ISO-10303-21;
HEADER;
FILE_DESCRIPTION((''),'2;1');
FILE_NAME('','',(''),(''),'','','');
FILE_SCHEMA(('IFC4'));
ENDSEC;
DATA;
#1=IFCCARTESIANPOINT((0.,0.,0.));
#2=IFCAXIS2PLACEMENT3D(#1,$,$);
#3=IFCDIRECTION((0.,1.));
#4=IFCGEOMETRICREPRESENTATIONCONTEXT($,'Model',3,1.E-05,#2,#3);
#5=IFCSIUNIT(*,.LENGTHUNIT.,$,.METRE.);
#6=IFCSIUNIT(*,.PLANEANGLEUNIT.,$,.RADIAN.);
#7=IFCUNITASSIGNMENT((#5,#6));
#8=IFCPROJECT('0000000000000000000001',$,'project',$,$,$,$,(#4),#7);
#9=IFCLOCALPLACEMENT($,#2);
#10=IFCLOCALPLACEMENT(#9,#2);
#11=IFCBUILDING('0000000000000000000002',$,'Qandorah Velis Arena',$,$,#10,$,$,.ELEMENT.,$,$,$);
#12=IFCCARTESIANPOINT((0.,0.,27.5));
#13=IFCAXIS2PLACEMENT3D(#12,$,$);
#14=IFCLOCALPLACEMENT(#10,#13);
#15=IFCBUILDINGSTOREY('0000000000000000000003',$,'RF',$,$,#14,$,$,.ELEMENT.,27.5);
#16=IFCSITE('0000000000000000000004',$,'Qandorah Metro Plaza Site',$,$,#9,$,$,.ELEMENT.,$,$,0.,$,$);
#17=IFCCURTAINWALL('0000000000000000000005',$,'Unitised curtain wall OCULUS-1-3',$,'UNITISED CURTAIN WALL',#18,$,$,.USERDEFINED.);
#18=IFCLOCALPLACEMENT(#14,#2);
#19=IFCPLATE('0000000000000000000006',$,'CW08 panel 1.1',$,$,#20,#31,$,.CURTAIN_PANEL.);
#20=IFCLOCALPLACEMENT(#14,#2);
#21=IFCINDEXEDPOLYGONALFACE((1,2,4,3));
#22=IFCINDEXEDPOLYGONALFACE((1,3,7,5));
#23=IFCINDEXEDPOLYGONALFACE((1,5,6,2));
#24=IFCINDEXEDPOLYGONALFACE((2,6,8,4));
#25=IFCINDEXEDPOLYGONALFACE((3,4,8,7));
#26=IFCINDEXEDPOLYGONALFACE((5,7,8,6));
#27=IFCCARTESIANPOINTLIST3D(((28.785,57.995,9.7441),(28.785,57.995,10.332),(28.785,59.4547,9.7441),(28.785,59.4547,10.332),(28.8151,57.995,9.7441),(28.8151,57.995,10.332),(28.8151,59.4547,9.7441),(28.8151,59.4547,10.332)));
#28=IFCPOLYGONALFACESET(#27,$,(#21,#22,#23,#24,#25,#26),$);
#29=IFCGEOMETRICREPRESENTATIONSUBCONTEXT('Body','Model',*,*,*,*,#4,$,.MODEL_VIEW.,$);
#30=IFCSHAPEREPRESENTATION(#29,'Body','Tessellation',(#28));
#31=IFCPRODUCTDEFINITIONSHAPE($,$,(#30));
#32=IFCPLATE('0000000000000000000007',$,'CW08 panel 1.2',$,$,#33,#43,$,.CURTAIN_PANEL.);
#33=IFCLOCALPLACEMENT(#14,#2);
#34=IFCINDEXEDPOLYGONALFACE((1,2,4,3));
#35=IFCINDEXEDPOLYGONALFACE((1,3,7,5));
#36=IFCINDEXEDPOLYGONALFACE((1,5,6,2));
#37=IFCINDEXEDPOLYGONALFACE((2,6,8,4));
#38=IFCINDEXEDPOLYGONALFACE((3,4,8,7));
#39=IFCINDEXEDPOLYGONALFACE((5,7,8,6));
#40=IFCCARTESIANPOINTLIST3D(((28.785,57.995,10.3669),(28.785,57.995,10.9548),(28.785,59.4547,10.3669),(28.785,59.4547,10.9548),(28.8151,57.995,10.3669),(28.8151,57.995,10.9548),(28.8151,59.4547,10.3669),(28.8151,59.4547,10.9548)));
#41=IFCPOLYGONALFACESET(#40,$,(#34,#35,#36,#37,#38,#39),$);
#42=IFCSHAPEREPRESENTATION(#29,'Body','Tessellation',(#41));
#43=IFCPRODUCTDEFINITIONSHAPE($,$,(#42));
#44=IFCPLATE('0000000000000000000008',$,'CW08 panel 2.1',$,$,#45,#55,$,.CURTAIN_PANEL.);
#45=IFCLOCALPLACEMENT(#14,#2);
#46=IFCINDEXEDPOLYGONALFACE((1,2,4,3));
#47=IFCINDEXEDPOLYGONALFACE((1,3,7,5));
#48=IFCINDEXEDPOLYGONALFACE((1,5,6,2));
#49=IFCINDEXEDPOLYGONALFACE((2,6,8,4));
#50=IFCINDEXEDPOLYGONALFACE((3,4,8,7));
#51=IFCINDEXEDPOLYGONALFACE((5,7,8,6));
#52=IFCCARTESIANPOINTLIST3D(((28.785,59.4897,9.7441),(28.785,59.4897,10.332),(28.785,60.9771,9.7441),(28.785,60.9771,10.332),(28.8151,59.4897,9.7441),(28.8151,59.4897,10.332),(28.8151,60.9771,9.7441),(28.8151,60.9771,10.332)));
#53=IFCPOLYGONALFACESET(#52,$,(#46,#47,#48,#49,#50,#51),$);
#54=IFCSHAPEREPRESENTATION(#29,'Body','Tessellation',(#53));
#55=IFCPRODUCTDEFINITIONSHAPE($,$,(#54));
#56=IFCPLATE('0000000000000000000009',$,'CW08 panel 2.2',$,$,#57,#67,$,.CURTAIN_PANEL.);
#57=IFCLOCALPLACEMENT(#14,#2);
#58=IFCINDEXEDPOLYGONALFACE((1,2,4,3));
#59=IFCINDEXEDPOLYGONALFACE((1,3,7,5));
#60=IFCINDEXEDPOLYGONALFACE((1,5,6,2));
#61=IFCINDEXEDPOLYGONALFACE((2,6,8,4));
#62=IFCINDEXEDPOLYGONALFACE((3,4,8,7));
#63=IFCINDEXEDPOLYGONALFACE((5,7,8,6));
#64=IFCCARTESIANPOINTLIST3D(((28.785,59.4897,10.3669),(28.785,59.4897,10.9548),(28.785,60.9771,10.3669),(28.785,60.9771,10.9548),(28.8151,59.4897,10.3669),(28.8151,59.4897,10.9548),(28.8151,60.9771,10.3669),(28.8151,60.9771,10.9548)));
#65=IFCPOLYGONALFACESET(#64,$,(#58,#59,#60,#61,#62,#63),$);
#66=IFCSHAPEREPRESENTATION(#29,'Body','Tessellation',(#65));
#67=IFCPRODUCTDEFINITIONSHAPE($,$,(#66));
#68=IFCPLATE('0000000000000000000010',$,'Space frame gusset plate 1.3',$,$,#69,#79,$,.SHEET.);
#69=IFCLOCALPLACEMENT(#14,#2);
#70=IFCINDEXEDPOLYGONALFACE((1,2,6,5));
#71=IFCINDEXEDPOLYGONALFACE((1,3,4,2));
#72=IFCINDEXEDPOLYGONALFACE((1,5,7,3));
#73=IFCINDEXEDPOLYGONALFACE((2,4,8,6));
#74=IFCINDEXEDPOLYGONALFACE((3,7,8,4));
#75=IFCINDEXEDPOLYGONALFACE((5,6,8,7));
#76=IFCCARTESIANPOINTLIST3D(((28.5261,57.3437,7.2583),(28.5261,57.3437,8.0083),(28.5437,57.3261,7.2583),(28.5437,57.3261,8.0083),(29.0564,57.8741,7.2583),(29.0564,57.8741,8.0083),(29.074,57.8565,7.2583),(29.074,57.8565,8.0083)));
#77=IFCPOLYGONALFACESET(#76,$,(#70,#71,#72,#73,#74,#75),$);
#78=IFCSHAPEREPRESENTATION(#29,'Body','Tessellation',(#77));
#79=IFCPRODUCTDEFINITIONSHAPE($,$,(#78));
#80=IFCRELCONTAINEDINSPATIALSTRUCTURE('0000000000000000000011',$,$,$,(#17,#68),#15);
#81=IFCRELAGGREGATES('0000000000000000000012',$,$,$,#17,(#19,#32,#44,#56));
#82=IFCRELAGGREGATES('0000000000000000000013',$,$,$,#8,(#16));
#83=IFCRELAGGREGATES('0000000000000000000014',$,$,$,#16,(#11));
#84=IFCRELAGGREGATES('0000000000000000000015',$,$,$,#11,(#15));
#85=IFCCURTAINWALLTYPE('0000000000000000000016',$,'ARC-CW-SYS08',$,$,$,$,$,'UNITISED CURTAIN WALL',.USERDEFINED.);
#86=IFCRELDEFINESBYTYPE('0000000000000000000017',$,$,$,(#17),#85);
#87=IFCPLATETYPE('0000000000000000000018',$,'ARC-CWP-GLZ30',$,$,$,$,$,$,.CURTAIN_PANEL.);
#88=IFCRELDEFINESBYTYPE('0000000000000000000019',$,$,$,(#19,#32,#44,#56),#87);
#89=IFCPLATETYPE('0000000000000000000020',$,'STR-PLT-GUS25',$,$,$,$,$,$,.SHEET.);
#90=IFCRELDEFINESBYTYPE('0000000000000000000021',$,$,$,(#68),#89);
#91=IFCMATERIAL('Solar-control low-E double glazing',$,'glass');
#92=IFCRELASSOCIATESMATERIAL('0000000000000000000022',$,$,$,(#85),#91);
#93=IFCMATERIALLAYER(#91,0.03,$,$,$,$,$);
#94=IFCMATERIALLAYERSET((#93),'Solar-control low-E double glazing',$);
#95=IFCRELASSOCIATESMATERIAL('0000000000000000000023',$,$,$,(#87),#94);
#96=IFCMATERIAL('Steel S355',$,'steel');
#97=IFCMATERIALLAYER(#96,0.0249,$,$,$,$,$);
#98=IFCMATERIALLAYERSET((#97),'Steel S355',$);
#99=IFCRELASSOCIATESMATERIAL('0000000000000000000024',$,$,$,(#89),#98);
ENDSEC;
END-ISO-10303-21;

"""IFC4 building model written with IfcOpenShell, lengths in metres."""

from ifc_helpers import new_model, si_unit, direction, frame, origin, origin_2d, place, context, subcontext, project, spatial, rectangle, extrude, material, layer, layer_set, type_object, element, aggregate, save


model = new_model("IFC4")

# Units and contexts
model_context = context("Model", 3, precision=1e-05, world=origin(), true_north=direction((0.0, 1.0)))
body_context = subcontext(model_context, "Body", "Model", "MODEL_VIEW")
ifc_project = project(units=[si_unit("LENGTHUNIT", "METRE"), si_unit("PLANEANGLEUNIT", "RADIAN")], contexts=[model_context])

# Site, building, storey
site_placement = place(None, origin())
site = spatial("IfcSite", under=ifc_project, at=site_placement, Name="Qandorah Metro Plaza Site", CompositionType="ELEMENT", RefElevation=0.0)
building_placement = place(site_placement, origin())
building = spatial("IfcBuilding", under=site, at=building_placement, Name="Qandorah Velis Arena", CompositionType="ELEMENT")
storey_placement = place(building_placement, frame((0.0, 0.0, 27.5)))
storey = spatial("IfcBuildingStorey", under=building, at=storey_placement, Name="RF", CompositionType="ELEMENT", Elevation=27.5)

# Curtain wall
ifc_material_1 = material(Name="Solar-control low-E double glazing", Category="glass")
curtain_wall_type_1 = type_object("IfcCurtainWallType", Name="ARC-CW-SYS08", ElementType="UNITISED CURTAIN WALL", PredefinedType="USERDEFINED", material=ifc_material_1)
curtain_wall_1_placement = place(storey_placement, origin())
curtain_wall_1 = element("IfcCurtainWall", 1, at=curtain_wall_1_placement, inside=storey, type_object=curtain_wall_type_1, Name="Unitised curtain wall OCULUS-1-3", ObjectType="UNITISED CURTAIN WALL", PredefinedType="USERDEFINED")

# Shared definitions
ifc_material_2 = material(Name="Steel S355", Category="steel")

# Plates
ifc_layer_1 = layer(ifc_material_1, 0.03)
ifc_layer_set_1 = layer_set([ifc_layer_1], Name="Solar-control low-E double glazing")
plate_type_1 = type_object("IfcPlateType", Name="ARC-CWP-GLZ30", PredefinedType="CURTAIN_PANEL", material=ifc_layer_set_1)
plate_1_placement = place(storey_placement, frame((28.8, 58.7249, 9.7441), z_axis=(0.0, 0.0, 1.0), x_axis=(0.0, 1.0, 0.0)))
plate_1 = element("IfcPlate", 2, at=plate_1_placement, type_object=plate_type_1, Name="CW08 panel 1.1", PredefinedType="CURTAIN_PANEL", context=body_context, shape_type="SweptSolid", body=[
    extrude(rectangle(XDim=1.4597, YDim=0.03, at=origin_2d()), origin(), (0.0, 0.0, 1.0), 0.5879),
])
plate_2_placement = place(storey_placement, frame((28.8, 58.7249, 10.3669), z_axis=(0.0, 0.0, 1.0), x_axis=(0.0, 1.0, 0.0)))
plate_2 = element("IfcPlate", 3, at=plate_2_placement, type_object=plate_type_1, Name="CW08 panel 1.2", PredefinedType="CURTAIN_PANEL", context=body_context, shape_type="SweptSolid", body=[
    extrude(rectangle(XDim=1.4597, YDim=0.03, at=origin_2d()), origin(), (0.0, 0.0, 1.0), 0.5879),
])
plate_3_placement = place(storey_placement, frame((28.8, 60.2334, 9.7441), z_axis=(0.0, 0.0, 1.0), x_axis=(0.0, 1.0, 0.0)))
plate_3 = element("IfcPlate", 4, at=plate_3_placement, type_object=plate_type_1, Name="CW08 panel 2.1", PredefinedType="CURTAIN_PANEL", context=body_context, shape_type="SweptSolid", body=[
    extrude(rectangle(XDim=1.4873, YDim=0.03, at=origin_2d()), origin(), (0.0, 0.0, 1.0), 0.5879),
])
plate_4_placement = place(storey_placement, frame((28.8, 60.2334, 10.3669), z_axis=(0.0, 0.0, 1.0), x_axis=(0.0, 1.0, 0.0)))
plate_4 = element("IfcPlate", 5, at=plate_4_placement, type_object=plate_type_1, Name="CW08 panel 2.2", PredefinedType="CURTAIN_PANEL", context=body_context, shape_type="SweptSolid", body=[
    extrude(rectangle(XDim=1.4873, YDim=0.03, at=origin_2d()), origin(), (0.0, 0.0, 1.0), 0.5879),
])
aggregate(curtain_wall_1, [plate_1, plate_2, plate_3, plate_4])
ifc_layer_2 = layer(ifc_material_2, 0.0249)
ifc_layer_set_2 = layer_set([ifc_layer_2], Name="Steel S355")
plate_type_2 = type_object("IfcPlateType", Name="STR-PLT-GUS25", PredefinedType="SHEET", material=ifc_layer_set_2)
plate_5_placement = place(storey_placement, frame((28.8, 57.6001, 7.2583), z_axis=(0.0, 0.0, 1.0), x_axis=(0.707107, 0.707107, 0.0)))
element("IfcPlate", 6, at=plate_5_placement, inside=storey, type_object=plate_type_2, Name="Space frame gusset plate 1.3", PredefinedType="SHEET", context=body_context, shape_type="SweptSolid", body=[
    extrude(rectangle(XDim=0.75, YDim=0.0249, at=origin_2d()), origin(), (0.0, 0.0, 1.0), 0.75),
])

save(model, "model.ifc")
